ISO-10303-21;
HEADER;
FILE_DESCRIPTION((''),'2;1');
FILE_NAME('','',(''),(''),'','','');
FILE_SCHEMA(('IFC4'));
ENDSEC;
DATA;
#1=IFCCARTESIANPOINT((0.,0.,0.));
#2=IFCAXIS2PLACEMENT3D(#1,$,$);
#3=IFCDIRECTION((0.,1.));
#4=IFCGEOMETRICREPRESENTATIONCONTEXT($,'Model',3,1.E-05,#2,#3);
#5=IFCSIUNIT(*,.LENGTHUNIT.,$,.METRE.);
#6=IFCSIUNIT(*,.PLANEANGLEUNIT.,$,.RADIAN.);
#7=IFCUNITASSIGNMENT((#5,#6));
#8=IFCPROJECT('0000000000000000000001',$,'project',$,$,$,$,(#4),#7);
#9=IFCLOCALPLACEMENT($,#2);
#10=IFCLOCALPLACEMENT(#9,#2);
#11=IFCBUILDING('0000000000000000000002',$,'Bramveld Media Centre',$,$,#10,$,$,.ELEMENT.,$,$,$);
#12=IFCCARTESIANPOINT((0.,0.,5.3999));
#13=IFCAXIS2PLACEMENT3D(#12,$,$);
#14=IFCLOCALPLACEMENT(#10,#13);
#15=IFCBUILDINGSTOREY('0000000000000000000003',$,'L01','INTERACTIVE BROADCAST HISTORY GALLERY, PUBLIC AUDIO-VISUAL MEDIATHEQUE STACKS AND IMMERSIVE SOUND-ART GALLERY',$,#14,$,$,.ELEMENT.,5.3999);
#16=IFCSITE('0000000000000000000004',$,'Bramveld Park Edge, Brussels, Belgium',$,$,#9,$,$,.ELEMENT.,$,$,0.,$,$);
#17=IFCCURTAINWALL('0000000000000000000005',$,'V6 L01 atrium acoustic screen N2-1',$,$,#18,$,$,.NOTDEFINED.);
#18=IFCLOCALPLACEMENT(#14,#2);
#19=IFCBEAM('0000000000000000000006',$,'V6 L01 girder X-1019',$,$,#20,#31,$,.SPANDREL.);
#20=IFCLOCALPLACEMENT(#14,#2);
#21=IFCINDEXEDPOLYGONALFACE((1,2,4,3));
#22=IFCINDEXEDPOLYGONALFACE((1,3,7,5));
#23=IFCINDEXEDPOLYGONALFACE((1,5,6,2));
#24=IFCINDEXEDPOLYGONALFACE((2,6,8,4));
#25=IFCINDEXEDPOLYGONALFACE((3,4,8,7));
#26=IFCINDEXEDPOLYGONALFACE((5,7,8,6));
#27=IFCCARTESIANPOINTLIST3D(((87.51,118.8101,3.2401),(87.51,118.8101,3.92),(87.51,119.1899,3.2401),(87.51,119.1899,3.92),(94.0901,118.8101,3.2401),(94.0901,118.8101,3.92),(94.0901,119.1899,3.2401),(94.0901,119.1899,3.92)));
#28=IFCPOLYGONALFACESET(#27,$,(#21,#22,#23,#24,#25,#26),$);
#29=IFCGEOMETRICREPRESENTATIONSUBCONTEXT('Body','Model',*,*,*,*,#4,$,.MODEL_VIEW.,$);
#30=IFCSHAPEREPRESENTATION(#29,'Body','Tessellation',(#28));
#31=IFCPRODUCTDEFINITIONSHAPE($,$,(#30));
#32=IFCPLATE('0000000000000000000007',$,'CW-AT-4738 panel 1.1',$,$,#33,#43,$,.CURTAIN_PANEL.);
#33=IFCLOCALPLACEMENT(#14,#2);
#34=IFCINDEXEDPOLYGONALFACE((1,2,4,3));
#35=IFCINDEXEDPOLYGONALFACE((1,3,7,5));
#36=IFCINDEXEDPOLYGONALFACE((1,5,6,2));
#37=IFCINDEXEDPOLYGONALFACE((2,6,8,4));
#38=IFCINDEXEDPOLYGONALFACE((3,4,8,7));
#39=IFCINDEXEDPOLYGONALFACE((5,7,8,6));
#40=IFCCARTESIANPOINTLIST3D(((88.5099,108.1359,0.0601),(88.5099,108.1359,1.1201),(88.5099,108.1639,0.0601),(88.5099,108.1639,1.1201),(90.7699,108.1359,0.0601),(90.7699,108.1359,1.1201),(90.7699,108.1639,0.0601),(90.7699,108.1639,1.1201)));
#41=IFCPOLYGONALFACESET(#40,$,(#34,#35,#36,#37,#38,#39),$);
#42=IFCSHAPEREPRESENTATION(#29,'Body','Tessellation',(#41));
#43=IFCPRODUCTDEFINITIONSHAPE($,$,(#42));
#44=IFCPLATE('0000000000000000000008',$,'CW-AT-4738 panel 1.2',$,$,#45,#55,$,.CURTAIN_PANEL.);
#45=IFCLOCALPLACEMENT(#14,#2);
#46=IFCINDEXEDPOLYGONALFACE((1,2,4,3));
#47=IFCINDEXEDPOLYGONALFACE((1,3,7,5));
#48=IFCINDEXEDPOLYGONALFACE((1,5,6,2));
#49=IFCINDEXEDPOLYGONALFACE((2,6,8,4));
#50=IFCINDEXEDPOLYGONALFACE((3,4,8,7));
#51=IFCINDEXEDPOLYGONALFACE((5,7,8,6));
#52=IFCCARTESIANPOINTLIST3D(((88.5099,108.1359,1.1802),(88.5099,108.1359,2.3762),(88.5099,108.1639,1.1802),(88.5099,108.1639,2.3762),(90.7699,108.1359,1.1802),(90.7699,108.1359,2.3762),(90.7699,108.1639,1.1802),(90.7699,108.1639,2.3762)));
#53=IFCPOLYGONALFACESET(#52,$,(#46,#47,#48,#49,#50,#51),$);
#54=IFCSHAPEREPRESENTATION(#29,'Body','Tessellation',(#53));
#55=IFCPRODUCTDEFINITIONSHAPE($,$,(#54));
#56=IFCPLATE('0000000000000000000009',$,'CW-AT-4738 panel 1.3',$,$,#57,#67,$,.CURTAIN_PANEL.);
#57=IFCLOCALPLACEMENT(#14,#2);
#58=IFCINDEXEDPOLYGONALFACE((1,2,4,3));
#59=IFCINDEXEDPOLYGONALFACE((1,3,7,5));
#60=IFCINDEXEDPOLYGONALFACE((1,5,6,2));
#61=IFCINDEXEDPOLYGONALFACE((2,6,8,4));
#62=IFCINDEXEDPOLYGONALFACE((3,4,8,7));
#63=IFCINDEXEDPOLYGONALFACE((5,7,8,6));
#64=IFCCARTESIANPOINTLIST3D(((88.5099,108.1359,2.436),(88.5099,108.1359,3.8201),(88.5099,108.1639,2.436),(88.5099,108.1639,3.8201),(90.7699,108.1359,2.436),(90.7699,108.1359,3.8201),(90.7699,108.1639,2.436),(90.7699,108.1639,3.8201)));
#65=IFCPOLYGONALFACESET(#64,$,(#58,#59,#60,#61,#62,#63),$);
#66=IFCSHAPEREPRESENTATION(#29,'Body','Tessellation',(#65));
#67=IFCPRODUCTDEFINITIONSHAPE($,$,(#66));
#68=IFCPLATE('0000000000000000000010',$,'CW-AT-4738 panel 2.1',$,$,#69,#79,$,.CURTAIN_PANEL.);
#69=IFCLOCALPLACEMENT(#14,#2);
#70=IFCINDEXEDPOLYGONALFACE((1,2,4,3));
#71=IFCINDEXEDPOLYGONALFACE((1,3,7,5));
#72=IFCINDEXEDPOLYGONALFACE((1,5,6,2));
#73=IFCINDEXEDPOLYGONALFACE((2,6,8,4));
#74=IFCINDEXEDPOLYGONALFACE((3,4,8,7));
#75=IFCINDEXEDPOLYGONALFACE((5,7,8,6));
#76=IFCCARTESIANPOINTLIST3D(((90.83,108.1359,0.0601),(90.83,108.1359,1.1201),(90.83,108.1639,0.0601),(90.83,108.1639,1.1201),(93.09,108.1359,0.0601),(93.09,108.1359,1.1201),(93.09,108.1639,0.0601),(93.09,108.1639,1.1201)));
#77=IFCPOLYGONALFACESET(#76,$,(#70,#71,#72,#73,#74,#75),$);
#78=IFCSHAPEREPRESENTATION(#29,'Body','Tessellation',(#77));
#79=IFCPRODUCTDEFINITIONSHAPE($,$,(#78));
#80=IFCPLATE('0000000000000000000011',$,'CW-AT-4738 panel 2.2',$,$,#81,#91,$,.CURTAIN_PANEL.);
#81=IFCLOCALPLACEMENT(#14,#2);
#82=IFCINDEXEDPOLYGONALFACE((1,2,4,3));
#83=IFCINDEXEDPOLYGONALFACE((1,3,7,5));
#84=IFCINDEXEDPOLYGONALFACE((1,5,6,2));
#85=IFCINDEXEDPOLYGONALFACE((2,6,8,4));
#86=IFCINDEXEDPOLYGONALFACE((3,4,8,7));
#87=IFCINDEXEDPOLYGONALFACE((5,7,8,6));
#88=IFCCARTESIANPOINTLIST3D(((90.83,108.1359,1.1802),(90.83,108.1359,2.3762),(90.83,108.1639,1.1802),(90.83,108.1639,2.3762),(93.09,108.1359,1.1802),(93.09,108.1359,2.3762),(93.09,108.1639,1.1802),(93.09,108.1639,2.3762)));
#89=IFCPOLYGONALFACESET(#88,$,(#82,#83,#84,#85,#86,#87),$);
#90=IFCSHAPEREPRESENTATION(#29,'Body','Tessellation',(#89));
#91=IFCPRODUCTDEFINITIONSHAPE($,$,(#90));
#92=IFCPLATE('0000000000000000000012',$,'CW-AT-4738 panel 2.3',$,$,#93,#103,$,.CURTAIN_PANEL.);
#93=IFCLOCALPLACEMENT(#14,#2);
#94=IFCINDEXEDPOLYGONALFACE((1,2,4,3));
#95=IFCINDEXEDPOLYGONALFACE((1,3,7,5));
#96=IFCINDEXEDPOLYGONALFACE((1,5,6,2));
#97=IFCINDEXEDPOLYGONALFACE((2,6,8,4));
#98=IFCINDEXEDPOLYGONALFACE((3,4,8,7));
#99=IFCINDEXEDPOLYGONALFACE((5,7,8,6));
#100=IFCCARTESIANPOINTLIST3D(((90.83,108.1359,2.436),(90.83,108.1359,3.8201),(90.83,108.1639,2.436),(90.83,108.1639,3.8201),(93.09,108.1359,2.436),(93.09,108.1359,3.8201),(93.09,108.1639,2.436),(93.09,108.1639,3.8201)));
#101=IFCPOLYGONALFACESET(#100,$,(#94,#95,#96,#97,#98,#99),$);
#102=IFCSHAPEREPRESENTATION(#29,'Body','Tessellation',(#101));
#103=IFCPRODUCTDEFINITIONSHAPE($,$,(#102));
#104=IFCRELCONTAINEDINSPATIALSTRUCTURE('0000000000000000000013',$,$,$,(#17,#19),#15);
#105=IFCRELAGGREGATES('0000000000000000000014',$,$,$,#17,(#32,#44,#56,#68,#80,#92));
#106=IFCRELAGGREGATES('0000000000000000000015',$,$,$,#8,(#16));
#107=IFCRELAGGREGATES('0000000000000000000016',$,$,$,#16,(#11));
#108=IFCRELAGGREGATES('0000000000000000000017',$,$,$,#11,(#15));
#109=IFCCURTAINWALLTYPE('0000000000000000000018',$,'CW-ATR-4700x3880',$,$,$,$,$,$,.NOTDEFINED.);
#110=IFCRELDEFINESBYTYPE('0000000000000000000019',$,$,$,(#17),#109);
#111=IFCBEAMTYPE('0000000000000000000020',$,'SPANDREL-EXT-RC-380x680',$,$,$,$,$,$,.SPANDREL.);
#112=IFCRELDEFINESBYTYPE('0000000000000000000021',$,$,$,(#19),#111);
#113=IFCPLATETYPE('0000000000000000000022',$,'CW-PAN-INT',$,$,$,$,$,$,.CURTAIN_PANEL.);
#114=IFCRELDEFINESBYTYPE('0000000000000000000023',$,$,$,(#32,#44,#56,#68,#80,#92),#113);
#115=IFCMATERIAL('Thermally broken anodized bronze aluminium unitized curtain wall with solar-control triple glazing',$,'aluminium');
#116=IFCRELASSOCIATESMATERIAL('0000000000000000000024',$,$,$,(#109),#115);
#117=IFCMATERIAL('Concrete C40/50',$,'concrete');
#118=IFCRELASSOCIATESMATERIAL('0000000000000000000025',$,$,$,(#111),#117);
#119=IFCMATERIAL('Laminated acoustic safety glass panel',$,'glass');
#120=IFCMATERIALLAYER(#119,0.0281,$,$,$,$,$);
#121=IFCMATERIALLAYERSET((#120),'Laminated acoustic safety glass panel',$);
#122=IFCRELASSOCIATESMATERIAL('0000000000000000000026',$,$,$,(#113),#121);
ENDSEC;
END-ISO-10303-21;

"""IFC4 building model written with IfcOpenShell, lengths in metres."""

from ifc_helpers import new_model, si_unit, direction, frame, origin, origin_2d, place, context, subcontext, project, spatial, rectangle, extrude, material, layer, layer_set, material_profile, profile_set, type_object, element, aggregate, save


model = new_model("IFC4")

# Units and contexts
model_context = context("Model", 3, precision=1e-05, world=origin(), true_north=direction((0.0, 1.0)))
body_context = subcontext(model_context, "Body", "Model", "MODEL_VIEW")
ifc_project = project(units=[si_unit("LENGTHUNIT", "METRE"), si_unit("PLANEANGLEUNIT", "RADIAN")], contexts=[model_context])

# Site, building, storey
site_placement = place(None, origin())
site = spatial("IfcSite", under=ifc_project, at=site_placement, Name="Bramveld Park Edge, Brussels, Belgium", CompositionType="ELEMENT", RefElevation=0.0)
building_placement = place(site_placement, origin())
building = spatial("IfcBuilding", under=site, at=building_placement, Name="Bramveld Media Centre", CompositionType="ELEMENT")
storey_placement = place(building_placement, frame((0.0, 0.0, 5.3999)))
storey = spatial("IfcBuildingStorey", under=building, at=storey_placement, Name="L01", Description="INTERACTIVE BROADCAST HISTORY GALLERY, PUBLIC AUDIO-VISUAL MEDIATHEQUE STACKS AND IMMERSIVE SOUND-ART GALLERY", CompositionType="ELEMENT", Elevation=5.3999)

# Curtain wall
ifc_material_1 = material(Name="Thermally broken anodized bronze aluminium unitized curtain wall with solar-control triple glazing", Category="aluminium")
curtain_wall_type = type_object("IfcCurtainWallType", Name="CW-ATR-4700x3880", PredefinedType="NOTDEFINED", material=ifc_material_1)
curtain_wall_placement = place(storey_placement, origin())
curtain_wall = element("IfcCurtainWall", 1, at=curtain_wall_placement, inside=storey, type_object=curtain_wall_type, Name="V6 L01 atrium acoustic screen N2-1", PredefinedType="NOTDEFINED")

# Beam
ifc_material_2 = material(Name="Concrete C40/50", Category="concrete")
ifc_material_profile_1 = material_profile(ifc_material_2, rectangle(XDim=0.3799, YDim=0.6799, at=origin_2d()), Name="RC 380x680")
ifc_profile_set_1 = profile_set([ifc_material_profile_1], Name="Concrete C40/50")
beam_type_1 = type_object("IfcBeamType", Name="SPANDREL-EXT-RC-380x680", PredefinedType="SPANDREL", material=ifc_profile_set_1)
beam_1_placement = place(storey_placement, frame((87.51, 119.0, 3.5801), z_axis=(1.0, 0.0, 0.0), x_axis=(0.0, 1.0, 0.0)))
element("IfcBeam", 2, at=beam_1_placement, inside=storey, type_object=beam_type_1, Name="V6 L01 girder X-1019", PredefinedType="SPANDREL", context=body_context, shape_type="SweptSolid", body=[
    extrude(rectangle(XDim=0.3799, YDim=0.6799, at=origin_2d()), origin(), (0.0, 0.0, 1.0), 6.5801),
])

# Plates
ifc_material_3 = material(Name="Laminated acoustic safety glass panel", Category="glass")
ifc_layer = layer(ifc_material_3, 0.0281)
ifc_layer_set = layer_set([ifc_layer], Name="Laminated acoustic safety glass panel")
plate_type = type_object("IfcPlateType", Name="CW-PAN-INT", PredefinedType="CURTAIN_PANEL", material=ifc_layer_set)
plate_1_placement = place(storey_placement, frame((89.6399, 108.1499, 0.0601), z_axis=(0.0, 0.0, 1.0), x_axis=(1.0, 0.0, 0.0)))
plate_1 = element("IfcPlate", 3, at=plate_1_placement, type_object=plate_type, Name="CW-AT-4738 panel 1.1", PredefinedType="CURTAIN_PANEL", context=body_context, shape_type="SweptSolid", body=[
    extrude(rectangle(XDim=2.26, YDim=0.0281, at=origin_2d()), origin(), (0.0, 0.0, 1.0), 1.0601),
])
plate_2_placement = place(storey_placement, frame((89.6399, 108.1499, 1.1802), z_axis=(0.0, 0.0, 1.0), x_axis=(1.0, 0.0, 0.0)))
plate_2 = element("IfcPlate", 4, at=plate_2_placement, type_object=plate_type, Name="CW-AT-4738 panel 1.2", PredefinedType="CURTAIN_PANEL", context=body_context, shape_type="SweptSolid", body=[
    extrude(rectangle(XDim=2.26, YDim=0.0281, at=origin_2d()), origin(), (0.0, 0.0, 1.0), 1.196),
])
plate_3_placement = place(storey_placement, frame((89.6399, 108.1499, 2.436), z_axis=(0.0, 0.0, 1.0), x_axis=(1.0, 0.0, 0.0)))
plate_3 = element("IfcPlate", 5, at=plate_3_placement, type_object=plate_type, Name="CW-AT-4738 panel 1.3", PredefinedType="CURTAIN_PANEL", context=body_context, shape_type="SweptSolid", body=[
    extrude(rectangle(XDim=2.26, YDim=0.0281, at=origin_2d()), origin(), (0.0, 0.0, 1.0), 1.384),
])
plate_4_placement = place(storey_placement, frame((91.96, 108.1499, 0.0601), z_axis=(0.0, 0.0, 1.0), x_axis=(1.0, 0.0, 0.0)))
plate_4 = element("IfcPlate", 6, at=plate_4_placement, type_object=plate_type, Name="CW-AT-4738 panel 2.1", PredefinedType="CURTAIN_PANEL", context=body_context, shape_type="SweptSolid", body=[
    extrude(rectangle(XDim=2.26, YDim=0.0281, at=origin_2d()), origin(), (0.0, 0.0, 1.0), 1.0601),
])
plate_5_placement = place(storey_placement, frame((91.96, 108.1499, 1.1802), z_axis=(0.0, 0.0, 1.0), x_axis=(1.0, 0.0, 0.0)))
plate_5 = element("IfcPlate", 7, at=plate_5_placement, type_object=plate_type, Name="CW-AT-4738 panel 2.2", PredefinedType="CURTAIN_PANEL", context=body_context, shape_type="SweptSolid", body=[
    extrude(rectangle(XDim=2.26, YDim=0.0281, at=origin_2d()), origin(), (0.0, 0.0, 1.0), 1.196),
])
plate_6_placement = place(storey_placement, frame((91.96, 108.1499, 2.436), z_axis=(0.0, 0.0, 1.0), x_axis=(1.0, 0.0, 0.0)))
plate_6 = element("IfcPlate", 8, at=plate_6_placement, type_object=plate_type, Name="CW-AT-4738 panel 2.3", PredefinedType="CURTAIN_PANEL", context=body_context, shape_type="SweptSolid", body=[
    extrude(rectangle(XDim=2.26, YDim=0.0281, at=origin_2d()), origin(), (0.0, 0.0, 1.0), 1.384),
])
aggregate(curtain_wall, [plate_1, plate_2, plate_3, plate_4, plate_5, plate_6])

save(model, "model.ifc")
